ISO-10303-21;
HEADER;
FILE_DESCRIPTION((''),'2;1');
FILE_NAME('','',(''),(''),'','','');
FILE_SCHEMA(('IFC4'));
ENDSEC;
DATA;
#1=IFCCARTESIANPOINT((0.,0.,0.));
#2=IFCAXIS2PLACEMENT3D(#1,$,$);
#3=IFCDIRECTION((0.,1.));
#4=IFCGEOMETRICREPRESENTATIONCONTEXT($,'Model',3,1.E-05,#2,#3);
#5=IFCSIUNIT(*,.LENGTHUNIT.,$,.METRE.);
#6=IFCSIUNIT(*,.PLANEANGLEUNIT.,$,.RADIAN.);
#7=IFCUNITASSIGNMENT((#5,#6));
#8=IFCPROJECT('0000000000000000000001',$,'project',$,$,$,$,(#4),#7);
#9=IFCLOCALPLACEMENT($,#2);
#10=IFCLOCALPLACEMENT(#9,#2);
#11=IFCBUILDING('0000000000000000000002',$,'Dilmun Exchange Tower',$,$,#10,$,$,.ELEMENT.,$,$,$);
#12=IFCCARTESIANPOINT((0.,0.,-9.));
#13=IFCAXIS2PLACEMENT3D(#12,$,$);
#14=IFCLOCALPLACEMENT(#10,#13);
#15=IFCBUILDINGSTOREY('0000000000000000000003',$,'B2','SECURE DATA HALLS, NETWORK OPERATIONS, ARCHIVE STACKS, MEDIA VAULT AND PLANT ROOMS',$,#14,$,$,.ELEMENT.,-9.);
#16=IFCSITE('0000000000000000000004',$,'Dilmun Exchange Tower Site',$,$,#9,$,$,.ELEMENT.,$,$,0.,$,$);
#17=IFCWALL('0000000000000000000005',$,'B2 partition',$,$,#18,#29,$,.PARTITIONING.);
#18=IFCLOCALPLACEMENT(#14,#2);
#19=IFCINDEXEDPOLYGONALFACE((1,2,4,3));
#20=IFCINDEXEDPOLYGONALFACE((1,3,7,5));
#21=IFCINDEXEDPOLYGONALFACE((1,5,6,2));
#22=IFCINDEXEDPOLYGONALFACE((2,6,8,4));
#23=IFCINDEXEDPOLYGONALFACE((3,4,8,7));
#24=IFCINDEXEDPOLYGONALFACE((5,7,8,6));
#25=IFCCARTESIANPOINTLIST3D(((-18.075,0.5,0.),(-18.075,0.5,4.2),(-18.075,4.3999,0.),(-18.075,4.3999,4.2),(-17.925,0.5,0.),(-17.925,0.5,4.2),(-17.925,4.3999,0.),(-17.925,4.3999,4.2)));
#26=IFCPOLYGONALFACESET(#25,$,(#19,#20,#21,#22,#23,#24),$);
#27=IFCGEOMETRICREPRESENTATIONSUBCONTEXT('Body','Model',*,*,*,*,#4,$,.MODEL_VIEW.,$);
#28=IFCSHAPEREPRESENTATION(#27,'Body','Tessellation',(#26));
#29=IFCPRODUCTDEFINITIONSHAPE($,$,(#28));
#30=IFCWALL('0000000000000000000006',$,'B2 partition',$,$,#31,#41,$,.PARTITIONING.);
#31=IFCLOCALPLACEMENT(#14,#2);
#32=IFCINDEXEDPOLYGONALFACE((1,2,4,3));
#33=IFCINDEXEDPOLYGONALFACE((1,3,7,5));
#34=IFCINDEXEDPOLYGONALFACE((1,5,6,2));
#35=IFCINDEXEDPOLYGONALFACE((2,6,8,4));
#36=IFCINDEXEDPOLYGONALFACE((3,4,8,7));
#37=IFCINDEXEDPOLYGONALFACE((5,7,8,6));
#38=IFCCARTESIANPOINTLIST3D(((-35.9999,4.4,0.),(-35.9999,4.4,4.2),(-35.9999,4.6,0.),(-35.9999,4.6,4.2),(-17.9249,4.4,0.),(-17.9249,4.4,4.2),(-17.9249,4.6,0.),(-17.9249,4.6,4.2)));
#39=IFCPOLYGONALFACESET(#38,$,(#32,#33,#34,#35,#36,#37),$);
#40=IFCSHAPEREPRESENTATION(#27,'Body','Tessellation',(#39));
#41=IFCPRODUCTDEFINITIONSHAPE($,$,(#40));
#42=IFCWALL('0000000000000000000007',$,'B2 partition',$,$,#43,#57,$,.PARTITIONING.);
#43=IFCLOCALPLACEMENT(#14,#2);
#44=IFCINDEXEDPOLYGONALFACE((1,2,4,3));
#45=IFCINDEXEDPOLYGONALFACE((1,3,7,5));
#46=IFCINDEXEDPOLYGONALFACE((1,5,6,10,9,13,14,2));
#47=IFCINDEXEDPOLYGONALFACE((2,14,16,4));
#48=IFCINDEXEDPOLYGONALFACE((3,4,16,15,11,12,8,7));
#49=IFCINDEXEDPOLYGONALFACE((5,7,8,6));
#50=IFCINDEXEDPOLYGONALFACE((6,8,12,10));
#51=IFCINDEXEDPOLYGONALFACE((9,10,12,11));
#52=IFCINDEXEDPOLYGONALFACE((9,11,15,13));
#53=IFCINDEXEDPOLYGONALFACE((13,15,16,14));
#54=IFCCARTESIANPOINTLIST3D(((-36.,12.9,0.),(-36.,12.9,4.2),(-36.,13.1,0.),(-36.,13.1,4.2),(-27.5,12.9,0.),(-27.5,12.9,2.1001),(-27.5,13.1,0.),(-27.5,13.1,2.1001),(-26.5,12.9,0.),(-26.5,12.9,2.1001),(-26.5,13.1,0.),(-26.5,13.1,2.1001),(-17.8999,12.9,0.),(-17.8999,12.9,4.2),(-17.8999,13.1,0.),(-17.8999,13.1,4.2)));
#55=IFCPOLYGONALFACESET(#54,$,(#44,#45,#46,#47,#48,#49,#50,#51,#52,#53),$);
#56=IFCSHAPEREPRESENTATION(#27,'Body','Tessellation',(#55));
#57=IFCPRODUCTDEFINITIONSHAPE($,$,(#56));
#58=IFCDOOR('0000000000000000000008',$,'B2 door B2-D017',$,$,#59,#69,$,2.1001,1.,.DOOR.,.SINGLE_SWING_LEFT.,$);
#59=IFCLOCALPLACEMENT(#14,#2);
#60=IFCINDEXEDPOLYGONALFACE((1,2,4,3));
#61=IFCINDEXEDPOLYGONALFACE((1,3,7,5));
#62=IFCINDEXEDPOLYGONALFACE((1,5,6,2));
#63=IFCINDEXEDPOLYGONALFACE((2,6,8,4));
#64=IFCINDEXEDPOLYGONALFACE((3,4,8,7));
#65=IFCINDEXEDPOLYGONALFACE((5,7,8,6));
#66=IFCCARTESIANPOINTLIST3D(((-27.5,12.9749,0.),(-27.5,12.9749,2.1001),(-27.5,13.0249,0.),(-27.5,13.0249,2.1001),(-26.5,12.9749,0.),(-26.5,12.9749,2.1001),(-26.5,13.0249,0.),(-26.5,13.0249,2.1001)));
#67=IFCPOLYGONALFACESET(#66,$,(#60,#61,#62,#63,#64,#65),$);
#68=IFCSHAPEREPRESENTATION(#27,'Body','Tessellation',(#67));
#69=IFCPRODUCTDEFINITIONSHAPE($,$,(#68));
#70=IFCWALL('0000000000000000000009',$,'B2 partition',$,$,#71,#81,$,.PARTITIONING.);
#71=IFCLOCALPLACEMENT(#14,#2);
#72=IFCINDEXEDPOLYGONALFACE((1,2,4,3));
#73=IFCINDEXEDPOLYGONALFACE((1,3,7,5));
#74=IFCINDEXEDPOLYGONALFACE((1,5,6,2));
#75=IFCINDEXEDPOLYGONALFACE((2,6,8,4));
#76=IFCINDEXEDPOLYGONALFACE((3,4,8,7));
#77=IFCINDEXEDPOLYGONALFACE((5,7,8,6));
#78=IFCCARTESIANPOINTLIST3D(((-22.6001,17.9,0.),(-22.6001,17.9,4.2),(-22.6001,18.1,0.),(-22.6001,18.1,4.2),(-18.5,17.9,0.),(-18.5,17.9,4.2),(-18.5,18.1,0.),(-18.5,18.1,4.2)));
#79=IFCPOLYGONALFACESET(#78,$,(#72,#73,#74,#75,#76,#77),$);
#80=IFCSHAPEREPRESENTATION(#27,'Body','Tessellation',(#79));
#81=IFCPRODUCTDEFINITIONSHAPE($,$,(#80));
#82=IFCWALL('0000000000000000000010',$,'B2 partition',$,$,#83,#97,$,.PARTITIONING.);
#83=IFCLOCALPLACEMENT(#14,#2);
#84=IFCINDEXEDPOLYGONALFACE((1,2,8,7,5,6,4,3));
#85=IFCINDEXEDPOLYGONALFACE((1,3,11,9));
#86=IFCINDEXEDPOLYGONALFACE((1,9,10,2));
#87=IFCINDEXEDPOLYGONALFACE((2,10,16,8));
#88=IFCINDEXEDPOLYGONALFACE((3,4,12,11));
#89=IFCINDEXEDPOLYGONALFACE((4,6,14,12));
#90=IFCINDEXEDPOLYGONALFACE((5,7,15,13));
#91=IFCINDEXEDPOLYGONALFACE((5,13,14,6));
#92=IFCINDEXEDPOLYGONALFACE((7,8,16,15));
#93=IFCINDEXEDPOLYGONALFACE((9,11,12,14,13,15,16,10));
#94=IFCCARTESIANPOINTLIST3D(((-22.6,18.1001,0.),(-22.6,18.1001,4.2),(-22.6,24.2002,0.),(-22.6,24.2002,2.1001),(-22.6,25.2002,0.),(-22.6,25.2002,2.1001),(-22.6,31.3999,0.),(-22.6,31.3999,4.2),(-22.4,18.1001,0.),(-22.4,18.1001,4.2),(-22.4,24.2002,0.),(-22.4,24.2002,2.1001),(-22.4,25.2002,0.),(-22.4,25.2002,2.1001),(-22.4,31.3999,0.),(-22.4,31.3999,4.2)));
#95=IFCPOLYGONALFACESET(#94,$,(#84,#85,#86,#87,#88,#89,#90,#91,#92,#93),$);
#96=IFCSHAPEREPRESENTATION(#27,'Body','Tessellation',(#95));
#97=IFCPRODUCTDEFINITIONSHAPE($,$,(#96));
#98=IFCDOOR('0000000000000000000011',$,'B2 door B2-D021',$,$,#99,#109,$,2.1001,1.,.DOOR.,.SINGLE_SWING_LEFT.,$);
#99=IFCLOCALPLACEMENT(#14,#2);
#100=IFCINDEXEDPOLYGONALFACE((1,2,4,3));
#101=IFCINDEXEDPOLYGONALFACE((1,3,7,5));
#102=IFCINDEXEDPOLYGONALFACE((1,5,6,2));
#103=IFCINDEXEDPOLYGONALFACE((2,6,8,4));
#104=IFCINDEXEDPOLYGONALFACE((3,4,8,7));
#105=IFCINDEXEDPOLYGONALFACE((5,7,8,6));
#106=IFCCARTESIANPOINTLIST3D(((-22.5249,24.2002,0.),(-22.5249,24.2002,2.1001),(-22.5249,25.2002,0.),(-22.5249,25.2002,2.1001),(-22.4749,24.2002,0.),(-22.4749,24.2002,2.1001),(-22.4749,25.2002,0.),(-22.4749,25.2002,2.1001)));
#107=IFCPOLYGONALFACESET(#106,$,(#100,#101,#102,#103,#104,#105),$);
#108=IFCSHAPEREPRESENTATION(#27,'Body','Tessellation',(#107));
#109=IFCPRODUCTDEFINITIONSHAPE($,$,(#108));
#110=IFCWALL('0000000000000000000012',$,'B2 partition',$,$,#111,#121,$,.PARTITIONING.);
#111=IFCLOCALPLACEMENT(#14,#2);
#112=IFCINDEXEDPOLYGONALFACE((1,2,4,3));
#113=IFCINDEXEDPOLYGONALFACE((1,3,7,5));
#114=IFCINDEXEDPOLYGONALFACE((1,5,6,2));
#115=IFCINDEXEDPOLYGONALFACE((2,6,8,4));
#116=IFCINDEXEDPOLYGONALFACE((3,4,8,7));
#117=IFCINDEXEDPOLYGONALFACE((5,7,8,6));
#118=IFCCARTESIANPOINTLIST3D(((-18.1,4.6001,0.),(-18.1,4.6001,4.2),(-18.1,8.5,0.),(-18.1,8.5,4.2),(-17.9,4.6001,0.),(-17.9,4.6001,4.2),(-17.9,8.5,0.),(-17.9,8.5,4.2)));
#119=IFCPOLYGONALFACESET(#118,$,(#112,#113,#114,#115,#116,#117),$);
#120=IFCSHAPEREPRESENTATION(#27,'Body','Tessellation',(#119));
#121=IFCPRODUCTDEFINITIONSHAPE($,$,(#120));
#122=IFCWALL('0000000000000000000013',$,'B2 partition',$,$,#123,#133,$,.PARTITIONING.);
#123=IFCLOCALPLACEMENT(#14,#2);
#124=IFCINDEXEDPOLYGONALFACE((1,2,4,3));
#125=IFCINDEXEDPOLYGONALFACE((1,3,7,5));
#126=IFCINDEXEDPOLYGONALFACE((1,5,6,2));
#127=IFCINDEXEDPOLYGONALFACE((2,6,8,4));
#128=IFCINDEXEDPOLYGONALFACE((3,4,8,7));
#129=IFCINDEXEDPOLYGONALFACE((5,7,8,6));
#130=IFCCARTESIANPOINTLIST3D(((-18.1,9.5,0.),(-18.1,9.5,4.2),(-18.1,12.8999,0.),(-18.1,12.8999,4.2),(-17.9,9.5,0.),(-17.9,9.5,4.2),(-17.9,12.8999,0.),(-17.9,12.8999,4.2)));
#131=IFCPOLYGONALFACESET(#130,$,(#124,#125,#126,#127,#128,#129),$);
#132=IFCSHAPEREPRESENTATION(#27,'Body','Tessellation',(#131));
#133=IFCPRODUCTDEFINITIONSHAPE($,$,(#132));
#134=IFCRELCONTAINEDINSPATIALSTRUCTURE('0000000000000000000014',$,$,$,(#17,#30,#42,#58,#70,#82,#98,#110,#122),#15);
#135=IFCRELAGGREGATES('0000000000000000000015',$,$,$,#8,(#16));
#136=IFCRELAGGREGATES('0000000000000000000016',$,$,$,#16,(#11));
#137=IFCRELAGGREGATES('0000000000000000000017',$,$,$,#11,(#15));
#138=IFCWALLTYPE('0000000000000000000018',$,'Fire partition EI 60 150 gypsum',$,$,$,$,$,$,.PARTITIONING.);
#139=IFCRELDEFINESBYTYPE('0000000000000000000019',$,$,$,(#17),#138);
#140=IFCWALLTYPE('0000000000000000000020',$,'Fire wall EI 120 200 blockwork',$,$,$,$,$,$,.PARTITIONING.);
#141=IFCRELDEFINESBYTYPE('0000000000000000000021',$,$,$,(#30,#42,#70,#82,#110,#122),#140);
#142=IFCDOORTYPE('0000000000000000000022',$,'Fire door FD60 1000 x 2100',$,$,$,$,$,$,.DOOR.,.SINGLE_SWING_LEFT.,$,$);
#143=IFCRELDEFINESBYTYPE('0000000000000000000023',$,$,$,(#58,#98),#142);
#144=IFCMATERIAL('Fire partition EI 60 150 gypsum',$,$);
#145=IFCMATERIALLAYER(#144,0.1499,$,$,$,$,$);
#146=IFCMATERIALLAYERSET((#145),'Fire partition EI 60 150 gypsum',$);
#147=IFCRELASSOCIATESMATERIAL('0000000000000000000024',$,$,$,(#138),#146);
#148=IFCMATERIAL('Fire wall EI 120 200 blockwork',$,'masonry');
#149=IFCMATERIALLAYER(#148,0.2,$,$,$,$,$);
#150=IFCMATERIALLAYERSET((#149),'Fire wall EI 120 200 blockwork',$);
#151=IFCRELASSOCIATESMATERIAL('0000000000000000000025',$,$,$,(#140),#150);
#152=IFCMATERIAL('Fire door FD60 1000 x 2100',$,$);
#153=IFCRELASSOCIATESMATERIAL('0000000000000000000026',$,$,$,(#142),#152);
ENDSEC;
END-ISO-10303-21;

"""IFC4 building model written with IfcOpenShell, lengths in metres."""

from ifc_helpers import new_model, si_unit, direction, frame, frame_2d, origin, place, context, subcontext, project, spatial, rectangle, extrude, material, layer, layer_set, type_object, element, fill, save


model = new_model("IFC4")

# Units and contexts
model_context = context("Model", 3, precision=1e-05, world=origin(), true_north=direction((0.0, 1.0)))
body_context = subcontext(model_context, "Body", "Model", "MODEL_VIEW")
ifc_project = project(units=[si_unit("LENGTHUNIT", "METRE"), si_unit("PLANEANGLEUNIT", "RADIAN")], contexts=[model_context])

# Site, building, storey
site_placement = place(None, origin())
site = spatial("IfcSite", under=ifc_project, at=site_placement, Name="Dilmun Exchange Tower Site", CompositionType="ELEMENT", RefElevation=0.0)
building_placement = place(site_placement, origin())
building = spatial("IfcBuilding", under=site, at=building_placement, Name="Dilmun Exchange Tower", CompositionType="ELEMENT")
storey_placement = place(building_placement, frame((0.0, 0.0, -9.0)))
storey = spatial("IfcBuildingStorey", under=building, at=storey_placement, Name="B2", Description="SECURE DATA HALLS, NETWORK OPERATIONS, ARCHIVE STACKS, MEDIA VAULT AND PLANT ROOMS", CompositionType="ELEMENT", Elevation=-9.0)

# Walls
ifc_material_1 = material(Name="Fire partition EI 60 150 gypsum")
ifc_layer_1 = layer(ifc_material_1, 0.1499)
ifc_layer_set_1 = layer_set([ifc_layer_1], Name="Fire partition EI 60 150 gypsum")
wall_type_1 = type_object("IfcWallType", Name="Fire partition EI 60 150 gypsum", PredefinedType="PARTITIONING", material=ifc_layer_set_1)
wall_1_placement = place(storey_placement, frame((-18.0, 0.5, 0.0), z_axis=(0.0, 0.0, 1.0), x_axis=(0.0, 1.0, 0.0)))
element("IfcWall", 1, at=wall_1_placement, inside=storey, type_object=wall_type_1, Name="B2 partition", PredefinedType="PARTITIONING", context=body_context, shape_type="SweptSolid", body=[
    extrude(rectangle(XDim=3.8999, YDim=0.1499, at=frame_2d((1.95, 0.0))), origin(), (0.0, 0.0, 1.0), 4.2),
])
ifc_material_2 = material(Name="Fire wall EI 120 200 blockwork", Category="masonry")
ifc_layer_2 = layer(ifc_material_2, 0.2)
ifc_layer_set_2 = layer_set([ifc_layer_2], Name="Fire wall EI 120 200 blockwork")
wall_type_2 = type_object("IfcWallType", Name="Fire wall EI 120 200 blockwork", PredefinedType="PARTITIONING", material=ifc_layer_set_2)
wall_2_placement = place(storey_placement, frame((-36.0, 4.5, 0.0), z_axis=(0.0, 0.0, 1.0), x_axis=(1.0, 0.0, 0.0)))
element("IfcWall", 2, at=wall_2_placement, inside=storey, type_object=wall_type_2, Name="B2 partition", PredefinedType="PARTITIONING", context=body_context, shape_type="SweptSolid", body=[
    extrude(rectangle(XDim=18.075, YDim=0.2, at=frame_2d((9.0376, 0.0))), origin(), (0.0, 0.0, 1.0), 4.2),
])

# Wall, opening, door
wall_3_placement = place(storey_placement, frame((-36.0, 13.0, 0.0), z_axis=(0.0, 0.0, 1.0), x_axis=(1.0, 0.0, 0.0)))
wall_3 = element("IfcWall", 3, at=wall_3_placement, inside=storey, type_object=wall_type_2, Name="B2 partition", PredefinedType="PARTITIONING", context=body_context, shape_type="SweptSolid", body=[
    extrude(rectangle(XDim=18.1001, YDim=0.2, at=frame_2d((9.05, 0.0))), origin(), (0.0, 0.0, 1.0), 4.2),
])
opening_1_placement = place(wall_3_placement, frame((8.5, 0.0, 0.0)))
opening_1 = element("IfcOpeningElement", 4, at=opening_1_placement, cuts=wall_3, PredefinedType="OPENING", context=body_context, shape_type="SweptSolid", body=[
    extrude(rectangle(XDim=1.0, YDim=2.1001, at=frame_2d((0.5, 1.05))), frame((0.0, 0.1099, 0.0), z_axis=(0.0, -1.0, 0.0), x_axis=(1.0, 0.0, 0.0)), (0.0, 0.0, 1.0), 0.22),
])
ifc_material_3 = material(Name="Fire door FD60 1000 x 2100")
door_type = type_object("IfcDoorType", Name="Fire door FD60 1000 x 2100", OperationType="SINGLE_SWING_LEFT", PredefinedType="DOOR", material=ifc_material_3)
door_1_placement = place(opening_1_placement, origin())
door_1 = element("IfcDoor", 5, at=door_1_placement, inside=storey, type_object=door_type, Name="B2 door B2-D017", OperationType="SINGLE_SWING_LEFT", OverallHeight=2.1001, OverallWidth=1.0, PredefinedType="DOOR", context=body_context, shape_type="SweptSolid", body=[
    extrude(rectangle(XDim=1.0, YDim=2.1001, at=frame_2d((0.5, 1.05))), frame((0.0, 0.0249, 0.0), z_axis=(0.0, -1.0, 0.0), x_axis=(1.0, 0.0, 0.0)), (0.0, 0.0, 1.0), 0.05),
])
fill(opening_1, door_1)

# Wall
wall_4_placement = place(storey_placement, frame((-22.6001, 18.0, 0.0), z_axis=(0.0, 0.0, 1.0), x_axis=(1.0, 0.0, 0.0)))
element("IfcWall", 6, at=wall_4_placement, inside=storey, type_object=wall_type_2, Name="B2 partition", PredefinedType="PARTITIONING", context=body_context, shape_type="SweptSolid", body=[
    extrude(rectangle(XDim=4.1001, YDim=0.2, at=frame_2d((2.05, 0.0))), origin(), (0.0, 0.0, 1.0), 4.2),
])

# Wall, opening, door
wall_5_placement = place(storey_placement, frame((-22.5, 18.1001, 0.0), z_axis=(0.0, 0.0, 1.0), x_axis=(0.0, 1.0, 0.0)))
wall_5 = element("IfcWall", 7, at=wall_5_placement, inside=storey, type_object=wall_type_2, Name="B2 partition", PredefinedType="PARTITIONING", context=body_context, shape_type="SweptSolid", body=[
    extrude(rectangle(XDim=13.2998, YDim=0.2, at=frame_2d((6.6499, 0.0))), origin(), (0.0, 0.0, 1.0), 4.2),
])
opening_2_placement = place(wall_5_placement, frame((6.1001, 0.0, 0.0)))
opening_2 = element("IfcOpeningElement", 8, at=opening_2_placement, cuts=wall_5, PredefinedType="OPENING", context=body_context, shape_type="SweptSolid", body=[
    extrude(rectangle(XDim=1.0, YDim=2.1001, at=frame_2d((0.5, 1.05))), frame((0.0, 0.1099, 0.0), z_axis=(0.0, -1.0, 0.0), x_axis=(1.0, 0.0, 0.0)), (0.0, 0.0, 1.0), 0.22),
])
door_2_placement = place(opening_2_placement, origin())
door_2 = element("IfcDoor", 9, at=door_2_placement, inside=storey, type_object=door_type, Name="B2 door B2-D021", OperationType="SINGLE_SWING_LEFT", OverallHeight=2.1001, OverallWidth=1.0, PredefinedType="DOOR", context=body_context, shape_type="SweptSolid", body=[
    extrude(rectangle(XDim=1.0, YDim=2.1001, at=frame_2d((0.5, 1.05))), frame((0.0, 0.0249, 0.0), z_axis=(0.0, -1.0, 0.0), x_axis=(1.0, 0.0, 0.0)), (0.0, 0.0, 1.0), 0.05),
])
fill(opening_2, door_2)

# Walls
wall_6_placement = place(storey_placement, frame((-18.0, 4.6001, 0.0), z_axis=(0.0, 0.0, 1.0), x_axis=(0.0, 1.0, 0.0)))
element("IfcWall", 10, at=wall_6_placement, inside=storey, type_object=wall_type_2, Name="B2 partition", PredefinedType="PARTITIONING", context=body_context, shape_type="SweptSolid", body=[
    extrude(rectangle(XDim=3.8999, YDim=0.2, at=frame_2d((1.95, 0.0))), origin(), (0.0, 0.0, 1.0), 4.2),
])
wall_7_placement = place(storey_placement, frame((-18.0, 9.5, 0.0), z_axis=(0.0, 0.0, 1.0), x_axis=(0.0, 1.0, 0.0)))
element("IfcWall", 11, at=wall_7_placement, inside=storey, type_object=wall_type_2, Name="B2 partition", PredefinedType="PARTITIONING", context=body_context, shape_type="SweptSolid", body=[
    extrude(rectangle(XDim=3.3999, YDim=0.2, at=frame_2d((1.7, 0.0))), origin(), (0.0, 0.0, 1.0), 4.2),
])

save(model, "model.ifc")
